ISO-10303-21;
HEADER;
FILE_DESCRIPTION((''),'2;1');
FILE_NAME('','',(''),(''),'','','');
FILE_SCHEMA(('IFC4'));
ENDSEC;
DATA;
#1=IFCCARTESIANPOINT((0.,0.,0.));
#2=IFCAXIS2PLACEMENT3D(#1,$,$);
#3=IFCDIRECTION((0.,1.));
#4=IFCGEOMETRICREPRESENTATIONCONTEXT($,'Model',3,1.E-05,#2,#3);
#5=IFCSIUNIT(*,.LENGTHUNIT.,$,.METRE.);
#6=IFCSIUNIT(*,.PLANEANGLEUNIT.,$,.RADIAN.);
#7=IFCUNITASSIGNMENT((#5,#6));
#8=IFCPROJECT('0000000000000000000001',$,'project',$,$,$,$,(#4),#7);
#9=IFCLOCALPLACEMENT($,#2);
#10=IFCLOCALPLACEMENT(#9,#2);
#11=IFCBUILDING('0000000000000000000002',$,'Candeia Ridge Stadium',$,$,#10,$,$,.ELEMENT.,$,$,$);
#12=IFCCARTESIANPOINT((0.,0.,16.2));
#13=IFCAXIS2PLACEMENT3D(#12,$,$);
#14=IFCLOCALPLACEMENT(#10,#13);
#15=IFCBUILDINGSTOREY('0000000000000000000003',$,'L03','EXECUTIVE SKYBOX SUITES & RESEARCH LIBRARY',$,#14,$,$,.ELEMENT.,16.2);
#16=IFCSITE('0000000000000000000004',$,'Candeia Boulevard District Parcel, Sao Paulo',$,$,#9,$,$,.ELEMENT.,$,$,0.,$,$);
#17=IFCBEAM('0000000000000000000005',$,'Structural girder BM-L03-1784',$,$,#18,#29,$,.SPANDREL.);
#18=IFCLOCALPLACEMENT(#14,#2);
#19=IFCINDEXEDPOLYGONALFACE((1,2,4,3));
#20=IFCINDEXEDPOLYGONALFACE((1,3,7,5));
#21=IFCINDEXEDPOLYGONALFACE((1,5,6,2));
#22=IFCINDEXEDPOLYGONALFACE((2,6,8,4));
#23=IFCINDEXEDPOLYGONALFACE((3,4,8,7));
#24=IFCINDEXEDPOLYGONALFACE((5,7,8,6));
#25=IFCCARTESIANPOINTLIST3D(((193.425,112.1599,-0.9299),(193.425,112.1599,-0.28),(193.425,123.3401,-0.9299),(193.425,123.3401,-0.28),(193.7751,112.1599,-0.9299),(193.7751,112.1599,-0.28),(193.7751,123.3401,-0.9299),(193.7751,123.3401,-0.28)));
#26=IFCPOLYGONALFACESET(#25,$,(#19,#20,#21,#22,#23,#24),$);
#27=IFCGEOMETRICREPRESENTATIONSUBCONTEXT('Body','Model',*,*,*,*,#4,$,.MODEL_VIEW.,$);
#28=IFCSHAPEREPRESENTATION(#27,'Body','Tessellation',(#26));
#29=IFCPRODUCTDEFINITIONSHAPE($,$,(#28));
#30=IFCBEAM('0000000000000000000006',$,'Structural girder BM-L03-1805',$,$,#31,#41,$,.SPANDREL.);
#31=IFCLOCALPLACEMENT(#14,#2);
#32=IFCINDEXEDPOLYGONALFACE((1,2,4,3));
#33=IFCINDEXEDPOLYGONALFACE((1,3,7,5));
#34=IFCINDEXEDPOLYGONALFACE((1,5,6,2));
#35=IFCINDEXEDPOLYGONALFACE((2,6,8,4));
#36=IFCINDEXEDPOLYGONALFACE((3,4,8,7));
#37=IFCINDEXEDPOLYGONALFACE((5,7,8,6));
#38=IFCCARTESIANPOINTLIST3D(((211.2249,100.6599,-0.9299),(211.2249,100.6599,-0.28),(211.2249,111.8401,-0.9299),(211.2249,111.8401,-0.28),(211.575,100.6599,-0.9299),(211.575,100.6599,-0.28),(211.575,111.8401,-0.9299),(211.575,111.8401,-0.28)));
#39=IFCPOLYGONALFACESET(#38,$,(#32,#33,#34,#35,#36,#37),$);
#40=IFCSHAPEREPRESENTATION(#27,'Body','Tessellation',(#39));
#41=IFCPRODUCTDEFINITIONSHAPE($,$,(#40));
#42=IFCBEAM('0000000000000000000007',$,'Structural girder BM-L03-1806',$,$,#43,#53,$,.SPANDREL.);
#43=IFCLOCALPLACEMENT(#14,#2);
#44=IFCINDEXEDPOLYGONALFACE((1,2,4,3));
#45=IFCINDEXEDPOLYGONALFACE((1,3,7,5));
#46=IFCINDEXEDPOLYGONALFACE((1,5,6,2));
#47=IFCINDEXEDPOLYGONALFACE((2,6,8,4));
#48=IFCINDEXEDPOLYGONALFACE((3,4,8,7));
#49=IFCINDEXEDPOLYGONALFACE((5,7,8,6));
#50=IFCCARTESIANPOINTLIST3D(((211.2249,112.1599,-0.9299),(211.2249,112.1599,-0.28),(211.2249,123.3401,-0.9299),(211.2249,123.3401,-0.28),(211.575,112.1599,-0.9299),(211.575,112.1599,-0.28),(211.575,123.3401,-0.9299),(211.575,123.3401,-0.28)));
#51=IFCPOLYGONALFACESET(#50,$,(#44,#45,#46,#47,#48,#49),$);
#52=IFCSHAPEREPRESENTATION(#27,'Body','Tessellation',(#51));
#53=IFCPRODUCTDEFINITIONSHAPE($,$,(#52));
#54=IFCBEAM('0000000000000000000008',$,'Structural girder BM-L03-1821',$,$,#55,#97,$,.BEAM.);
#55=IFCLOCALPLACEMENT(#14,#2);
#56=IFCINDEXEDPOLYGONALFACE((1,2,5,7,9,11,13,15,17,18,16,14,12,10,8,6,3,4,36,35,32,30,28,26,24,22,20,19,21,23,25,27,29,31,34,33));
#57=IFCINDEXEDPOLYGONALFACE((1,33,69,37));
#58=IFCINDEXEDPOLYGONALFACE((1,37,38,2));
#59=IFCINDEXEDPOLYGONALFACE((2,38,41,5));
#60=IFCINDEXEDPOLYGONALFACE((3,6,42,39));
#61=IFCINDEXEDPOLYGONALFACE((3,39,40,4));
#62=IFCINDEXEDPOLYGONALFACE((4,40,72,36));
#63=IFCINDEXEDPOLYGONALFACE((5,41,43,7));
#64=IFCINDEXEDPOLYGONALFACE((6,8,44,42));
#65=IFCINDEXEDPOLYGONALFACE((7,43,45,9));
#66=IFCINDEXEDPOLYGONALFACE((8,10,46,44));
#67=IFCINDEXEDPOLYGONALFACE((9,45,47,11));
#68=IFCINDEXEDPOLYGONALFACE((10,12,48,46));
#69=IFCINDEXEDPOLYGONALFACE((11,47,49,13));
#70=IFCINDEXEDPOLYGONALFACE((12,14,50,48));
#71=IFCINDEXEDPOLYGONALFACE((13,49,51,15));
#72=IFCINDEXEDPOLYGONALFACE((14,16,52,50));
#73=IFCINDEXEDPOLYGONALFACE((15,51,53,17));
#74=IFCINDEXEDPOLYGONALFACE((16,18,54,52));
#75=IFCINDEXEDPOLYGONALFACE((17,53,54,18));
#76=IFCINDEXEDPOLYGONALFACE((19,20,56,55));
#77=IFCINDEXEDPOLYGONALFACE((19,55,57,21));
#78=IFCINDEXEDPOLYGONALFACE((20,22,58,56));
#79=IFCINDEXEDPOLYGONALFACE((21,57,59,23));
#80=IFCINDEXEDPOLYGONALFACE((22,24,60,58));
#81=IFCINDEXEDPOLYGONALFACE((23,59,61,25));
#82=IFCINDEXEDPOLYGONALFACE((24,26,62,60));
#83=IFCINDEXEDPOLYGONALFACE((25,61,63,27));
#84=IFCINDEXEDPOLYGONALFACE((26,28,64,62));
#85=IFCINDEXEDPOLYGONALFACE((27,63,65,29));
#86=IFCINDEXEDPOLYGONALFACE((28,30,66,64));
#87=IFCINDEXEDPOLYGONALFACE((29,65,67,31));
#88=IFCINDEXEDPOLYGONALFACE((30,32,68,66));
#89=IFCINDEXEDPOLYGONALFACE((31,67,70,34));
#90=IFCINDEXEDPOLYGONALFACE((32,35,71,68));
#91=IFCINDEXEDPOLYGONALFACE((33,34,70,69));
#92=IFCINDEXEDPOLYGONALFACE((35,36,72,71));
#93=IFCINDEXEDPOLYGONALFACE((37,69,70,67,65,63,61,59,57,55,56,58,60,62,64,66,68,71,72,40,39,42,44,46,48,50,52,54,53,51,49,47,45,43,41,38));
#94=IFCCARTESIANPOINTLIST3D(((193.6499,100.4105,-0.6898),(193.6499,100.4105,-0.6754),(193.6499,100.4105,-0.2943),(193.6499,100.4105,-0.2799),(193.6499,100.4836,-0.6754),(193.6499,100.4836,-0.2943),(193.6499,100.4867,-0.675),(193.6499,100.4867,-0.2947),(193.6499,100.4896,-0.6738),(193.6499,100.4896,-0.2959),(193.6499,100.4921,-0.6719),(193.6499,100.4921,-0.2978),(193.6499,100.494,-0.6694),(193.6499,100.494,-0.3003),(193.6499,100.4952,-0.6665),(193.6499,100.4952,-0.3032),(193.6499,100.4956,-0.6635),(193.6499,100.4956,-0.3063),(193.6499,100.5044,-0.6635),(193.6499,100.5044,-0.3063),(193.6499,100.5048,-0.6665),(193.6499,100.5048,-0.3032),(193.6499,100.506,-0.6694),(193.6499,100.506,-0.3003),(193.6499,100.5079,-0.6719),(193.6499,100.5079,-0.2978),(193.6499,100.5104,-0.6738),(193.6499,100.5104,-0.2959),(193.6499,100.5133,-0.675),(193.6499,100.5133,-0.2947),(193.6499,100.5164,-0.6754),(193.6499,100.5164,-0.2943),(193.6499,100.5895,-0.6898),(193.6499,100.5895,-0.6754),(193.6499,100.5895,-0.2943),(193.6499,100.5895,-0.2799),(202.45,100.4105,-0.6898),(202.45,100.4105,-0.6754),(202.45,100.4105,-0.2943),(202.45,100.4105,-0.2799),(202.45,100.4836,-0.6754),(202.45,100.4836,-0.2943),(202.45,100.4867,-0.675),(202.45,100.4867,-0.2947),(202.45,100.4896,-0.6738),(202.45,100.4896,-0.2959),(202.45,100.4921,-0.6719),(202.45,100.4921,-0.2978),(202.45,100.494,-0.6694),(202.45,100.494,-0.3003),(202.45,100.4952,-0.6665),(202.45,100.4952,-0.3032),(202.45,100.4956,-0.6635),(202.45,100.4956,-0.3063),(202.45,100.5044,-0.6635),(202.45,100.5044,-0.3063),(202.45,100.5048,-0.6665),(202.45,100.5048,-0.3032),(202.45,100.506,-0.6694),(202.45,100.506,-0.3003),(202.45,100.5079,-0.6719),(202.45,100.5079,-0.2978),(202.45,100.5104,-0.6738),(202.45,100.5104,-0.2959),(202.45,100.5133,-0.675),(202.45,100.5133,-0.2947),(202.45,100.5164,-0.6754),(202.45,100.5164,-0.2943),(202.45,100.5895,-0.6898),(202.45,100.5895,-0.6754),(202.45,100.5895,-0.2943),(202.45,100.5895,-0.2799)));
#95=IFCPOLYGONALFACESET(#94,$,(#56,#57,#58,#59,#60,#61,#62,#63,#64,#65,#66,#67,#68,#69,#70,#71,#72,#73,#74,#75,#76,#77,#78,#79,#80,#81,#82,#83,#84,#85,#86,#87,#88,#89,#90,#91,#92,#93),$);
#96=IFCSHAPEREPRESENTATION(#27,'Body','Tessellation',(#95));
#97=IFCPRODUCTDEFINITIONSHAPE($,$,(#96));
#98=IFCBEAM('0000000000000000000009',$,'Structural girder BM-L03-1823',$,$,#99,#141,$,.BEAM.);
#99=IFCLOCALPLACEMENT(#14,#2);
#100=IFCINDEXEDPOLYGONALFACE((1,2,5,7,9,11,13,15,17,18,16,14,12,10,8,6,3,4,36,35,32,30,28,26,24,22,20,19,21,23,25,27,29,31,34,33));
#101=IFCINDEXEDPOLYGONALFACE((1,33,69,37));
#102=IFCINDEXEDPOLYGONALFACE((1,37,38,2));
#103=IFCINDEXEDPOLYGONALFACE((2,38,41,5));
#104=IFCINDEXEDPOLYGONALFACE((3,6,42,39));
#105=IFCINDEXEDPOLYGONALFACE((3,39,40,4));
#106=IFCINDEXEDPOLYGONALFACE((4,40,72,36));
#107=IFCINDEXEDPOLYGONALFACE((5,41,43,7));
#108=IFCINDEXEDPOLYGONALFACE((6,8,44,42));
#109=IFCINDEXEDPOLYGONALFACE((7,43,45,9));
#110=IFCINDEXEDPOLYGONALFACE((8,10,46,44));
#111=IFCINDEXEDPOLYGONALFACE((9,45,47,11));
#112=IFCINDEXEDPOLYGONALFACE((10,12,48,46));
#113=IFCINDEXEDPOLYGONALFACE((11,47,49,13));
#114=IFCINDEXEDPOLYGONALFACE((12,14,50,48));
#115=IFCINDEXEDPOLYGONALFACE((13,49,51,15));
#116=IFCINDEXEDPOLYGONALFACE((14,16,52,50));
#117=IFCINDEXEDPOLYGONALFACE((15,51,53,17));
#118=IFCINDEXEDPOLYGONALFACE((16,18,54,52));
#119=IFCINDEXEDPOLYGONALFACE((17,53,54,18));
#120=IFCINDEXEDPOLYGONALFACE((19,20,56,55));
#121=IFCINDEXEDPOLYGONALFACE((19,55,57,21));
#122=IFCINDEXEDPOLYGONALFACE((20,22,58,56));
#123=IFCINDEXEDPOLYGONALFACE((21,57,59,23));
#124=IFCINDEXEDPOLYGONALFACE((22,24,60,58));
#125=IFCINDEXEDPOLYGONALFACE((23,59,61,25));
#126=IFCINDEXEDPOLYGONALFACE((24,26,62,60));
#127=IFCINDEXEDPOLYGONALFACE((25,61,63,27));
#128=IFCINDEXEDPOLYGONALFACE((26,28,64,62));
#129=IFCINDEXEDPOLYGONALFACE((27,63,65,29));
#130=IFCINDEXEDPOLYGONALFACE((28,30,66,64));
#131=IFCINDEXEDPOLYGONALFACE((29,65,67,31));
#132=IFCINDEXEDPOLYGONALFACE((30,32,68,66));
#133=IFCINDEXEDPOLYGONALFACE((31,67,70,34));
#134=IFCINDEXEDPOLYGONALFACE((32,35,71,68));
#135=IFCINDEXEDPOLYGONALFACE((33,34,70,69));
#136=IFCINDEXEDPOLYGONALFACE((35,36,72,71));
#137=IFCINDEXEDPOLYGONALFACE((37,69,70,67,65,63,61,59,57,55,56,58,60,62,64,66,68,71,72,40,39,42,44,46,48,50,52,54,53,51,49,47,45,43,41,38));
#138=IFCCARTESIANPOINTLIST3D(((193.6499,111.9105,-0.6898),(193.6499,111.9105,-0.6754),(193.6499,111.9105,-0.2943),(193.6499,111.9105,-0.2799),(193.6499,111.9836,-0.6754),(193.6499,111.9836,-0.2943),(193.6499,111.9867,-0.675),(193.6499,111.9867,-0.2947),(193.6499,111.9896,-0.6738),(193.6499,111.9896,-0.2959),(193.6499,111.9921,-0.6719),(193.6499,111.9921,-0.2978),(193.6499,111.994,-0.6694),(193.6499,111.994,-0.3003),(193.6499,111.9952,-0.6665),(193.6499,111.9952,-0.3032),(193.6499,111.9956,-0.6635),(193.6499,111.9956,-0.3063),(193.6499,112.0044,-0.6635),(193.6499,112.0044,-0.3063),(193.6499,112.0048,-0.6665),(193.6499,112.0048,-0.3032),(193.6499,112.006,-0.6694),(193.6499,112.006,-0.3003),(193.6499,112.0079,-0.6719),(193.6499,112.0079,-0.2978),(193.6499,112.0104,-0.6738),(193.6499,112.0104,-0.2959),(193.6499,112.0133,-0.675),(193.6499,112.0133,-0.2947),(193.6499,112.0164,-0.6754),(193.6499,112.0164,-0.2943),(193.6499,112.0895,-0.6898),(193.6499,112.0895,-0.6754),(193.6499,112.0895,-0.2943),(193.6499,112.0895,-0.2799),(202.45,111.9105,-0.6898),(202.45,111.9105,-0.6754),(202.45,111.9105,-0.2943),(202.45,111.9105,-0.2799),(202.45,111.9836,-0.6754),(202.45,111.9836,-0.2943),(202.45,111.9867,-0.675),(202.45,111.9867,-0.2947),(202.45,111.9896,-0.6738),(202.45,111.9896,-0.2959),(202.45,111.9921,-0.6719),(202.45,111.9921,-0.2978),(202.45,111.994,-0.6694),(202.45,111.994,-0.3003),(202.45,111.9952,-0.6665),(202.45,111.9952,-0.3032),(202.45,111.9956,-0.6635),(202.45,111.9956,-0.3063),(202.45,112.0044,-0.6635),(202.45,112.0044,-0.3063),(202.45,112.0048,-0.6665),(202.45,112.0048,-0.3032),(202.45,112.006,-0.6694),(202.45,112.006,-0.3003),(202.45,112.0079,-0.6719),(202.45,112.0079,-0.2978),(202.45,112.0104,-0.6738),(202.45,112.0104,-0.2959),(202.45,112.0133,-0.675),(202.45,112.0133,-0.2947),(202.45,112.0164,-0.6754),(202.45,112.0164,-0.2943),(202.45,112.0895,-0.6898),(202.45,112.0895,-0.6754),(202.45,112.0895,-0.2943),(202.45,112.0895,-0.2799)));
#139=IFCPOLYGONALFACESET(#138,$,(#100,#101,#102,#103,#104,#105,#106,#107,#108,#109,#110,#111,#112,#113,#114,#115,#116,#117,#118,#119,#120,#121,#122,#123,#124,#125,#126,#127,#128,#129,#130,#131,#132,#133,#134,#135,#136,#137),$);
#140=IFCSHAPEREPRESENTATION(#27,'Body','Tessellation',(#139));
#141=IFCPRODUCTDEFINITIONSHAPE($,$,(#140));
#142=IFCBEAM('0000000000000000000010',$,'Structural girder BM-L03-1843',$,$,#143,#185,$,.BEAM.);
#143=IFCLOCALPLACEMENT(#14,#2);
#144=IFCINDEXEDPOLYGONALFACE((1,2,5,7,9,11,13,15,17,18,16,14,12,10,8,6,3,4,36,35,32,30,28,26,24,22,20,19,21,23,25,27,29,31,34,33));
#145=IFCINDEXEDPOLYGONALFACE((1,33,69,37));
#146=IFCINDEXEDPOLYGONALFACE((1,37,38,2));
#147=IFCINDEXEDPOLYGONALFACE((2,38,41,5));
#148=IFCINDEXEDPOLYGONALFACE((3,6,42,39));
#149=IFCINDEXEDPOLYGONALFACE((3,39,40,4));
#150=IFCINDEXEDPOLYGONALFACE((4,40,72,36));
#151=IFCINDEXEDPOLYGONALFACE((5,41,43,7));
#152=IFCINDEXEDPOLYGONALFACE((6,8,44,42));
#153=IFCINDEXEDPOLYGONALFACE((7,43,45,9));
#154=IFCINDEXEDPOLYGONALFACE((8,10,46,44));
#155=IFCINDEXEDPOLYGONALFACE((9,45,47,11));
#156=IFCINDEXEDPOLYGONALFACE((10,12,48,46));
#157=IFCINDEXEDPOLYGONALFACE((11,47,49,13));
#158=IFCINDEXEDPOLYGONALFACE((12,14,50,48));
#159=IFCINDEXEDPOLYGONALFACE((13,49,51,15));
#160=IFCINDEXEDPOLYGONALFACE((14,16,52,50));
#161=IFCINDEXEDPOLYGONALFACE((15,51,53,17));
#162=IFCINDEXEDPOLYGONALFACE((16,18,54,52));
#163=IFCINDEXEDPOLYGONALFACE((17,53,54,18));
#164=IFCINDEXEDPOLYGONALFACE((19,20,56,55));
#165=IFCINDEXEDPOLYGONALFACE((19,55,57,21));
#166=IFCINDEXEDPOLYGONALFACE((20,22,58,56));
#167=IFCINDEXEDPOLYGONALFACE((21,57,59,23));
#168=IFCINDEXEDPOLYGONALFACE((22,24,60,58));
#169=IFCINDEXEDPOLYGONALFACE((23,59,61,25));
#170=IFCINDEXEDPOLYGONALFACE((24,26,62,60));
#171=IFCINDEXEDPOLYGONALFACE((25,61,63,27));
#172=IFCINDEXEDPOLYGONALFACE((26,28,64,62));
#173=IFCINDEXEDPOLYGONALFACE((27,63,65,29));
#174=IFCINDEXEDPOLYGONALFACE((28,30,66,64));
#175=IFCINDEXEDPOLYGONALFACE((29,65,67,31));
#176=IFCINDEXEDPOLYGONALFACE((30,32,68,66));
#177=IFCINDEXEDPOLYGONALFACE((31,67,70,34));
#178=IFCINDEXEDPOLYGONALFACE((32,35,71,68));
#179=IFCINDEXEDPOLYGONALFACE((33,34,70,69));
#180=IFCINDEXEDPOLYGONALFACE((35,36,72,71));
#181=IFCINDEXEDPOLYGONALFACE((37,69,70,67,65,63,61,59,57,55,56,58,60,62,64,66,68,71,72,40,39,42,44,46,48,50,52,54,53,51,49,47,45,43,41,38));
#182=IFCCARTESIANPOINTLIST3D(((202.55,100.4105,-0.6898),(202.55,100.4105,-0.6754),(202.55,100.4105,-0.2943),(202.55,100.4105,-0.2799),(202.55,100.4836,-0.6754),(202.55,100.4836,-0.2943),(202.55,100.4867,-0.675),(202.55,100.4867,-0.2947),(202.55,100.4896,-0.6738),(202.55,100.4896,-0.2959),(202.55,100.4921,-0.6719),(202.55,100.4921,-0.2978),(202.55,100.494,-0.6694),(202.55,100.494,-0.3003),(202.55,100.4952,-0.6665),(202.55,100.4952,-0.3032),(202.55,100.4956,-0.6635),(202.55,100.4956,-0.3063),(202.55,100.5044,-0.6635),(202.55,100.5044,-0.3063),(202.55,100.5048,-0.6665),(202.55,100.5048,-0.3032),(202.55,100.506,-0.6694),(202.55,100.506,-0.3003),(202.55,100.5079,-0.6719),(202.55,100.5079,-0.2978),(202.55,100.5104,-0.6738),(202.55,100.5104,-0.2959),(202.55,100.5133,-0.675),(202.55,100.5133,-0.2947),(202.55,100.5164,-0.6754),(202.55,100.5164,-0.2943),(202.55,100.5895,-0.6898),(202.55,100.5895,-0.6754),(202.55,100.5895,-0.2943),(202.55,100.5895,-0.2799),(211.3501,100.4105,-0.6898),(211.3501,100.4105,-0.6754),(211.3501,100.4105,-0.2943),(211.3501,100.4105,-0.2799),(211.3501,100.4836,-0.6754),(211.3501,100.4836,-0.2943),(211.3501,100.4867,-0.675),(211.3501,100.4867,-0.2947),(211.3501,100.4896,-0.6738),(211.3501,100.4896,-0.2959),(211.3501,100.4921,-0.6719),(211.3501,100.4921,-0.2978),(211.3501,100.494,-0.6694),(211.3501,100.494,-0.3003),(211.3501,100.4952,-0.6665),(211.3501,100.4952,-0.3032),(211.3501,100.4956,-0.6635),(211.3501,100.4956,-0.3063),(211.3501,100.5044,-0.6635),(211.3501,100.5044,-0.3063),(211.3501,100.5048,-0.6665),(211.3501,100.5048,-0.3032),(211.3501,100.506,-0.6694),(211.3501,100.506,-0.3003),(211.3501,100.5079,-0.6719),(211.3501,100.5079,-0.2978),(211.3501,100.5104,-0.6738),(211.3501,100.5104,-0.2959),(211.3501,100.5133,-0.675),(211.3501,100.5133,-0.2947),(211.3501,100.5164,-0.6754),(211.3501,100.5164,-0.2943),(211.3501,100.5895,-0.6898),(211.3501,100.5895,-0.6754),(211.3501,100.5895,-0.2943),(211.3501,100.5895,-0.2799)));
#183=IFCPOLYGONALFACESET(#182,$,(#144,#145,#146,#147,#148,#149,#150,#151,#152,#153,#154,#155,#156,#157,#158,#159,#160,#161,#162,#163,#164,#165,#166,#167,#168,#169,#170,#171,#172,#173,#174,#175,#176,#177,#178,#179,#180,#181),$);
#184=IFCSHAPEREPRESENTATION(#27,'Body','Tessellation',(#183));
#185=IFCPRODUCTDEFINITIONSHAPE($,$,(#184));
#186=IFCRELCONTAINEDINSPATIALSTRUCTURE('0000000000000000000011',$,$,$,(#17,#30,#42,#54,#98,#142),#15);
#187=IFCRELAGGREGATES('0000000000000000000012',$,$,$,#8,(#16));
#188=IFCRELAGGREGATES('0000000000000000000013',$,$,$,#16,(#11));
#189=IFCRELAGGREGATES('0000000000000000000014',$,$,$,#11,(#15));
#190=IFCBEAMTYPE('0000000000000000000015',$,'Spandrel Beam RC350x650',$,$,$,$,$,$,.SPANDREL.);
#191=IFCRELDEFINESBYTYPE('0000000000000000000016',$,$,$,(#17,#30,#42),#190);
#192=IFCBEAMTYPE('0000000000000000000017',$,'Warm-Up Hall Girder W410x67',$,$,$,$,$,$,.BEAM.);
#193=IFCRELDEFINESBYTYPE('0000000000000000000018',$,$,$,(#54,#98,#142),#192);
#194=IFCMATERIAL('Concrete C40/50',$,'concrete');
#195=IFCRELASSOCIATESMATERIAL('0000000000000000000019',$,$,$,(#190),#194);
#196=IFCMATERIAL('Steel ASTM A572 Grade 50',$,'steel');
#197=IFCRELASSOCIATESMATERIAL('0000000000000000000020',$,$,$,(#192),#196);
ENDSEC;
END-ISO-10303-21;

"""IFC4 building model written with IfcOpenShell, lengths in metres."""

from ifc_helpers import new_model, si_unit, direction, frame, origin, origin_2d, place, context, subcontext, project, spatial, rectangle, i_section, extrude, material, material_profile, profile_set, type_object, element, save


model = new_model("IFC4")

# Units and contexts
model_context = context("Model", 3, precision=1e-05, world=origin(), true_north=direction((0.0, 1.0)))
body_context = subcontext(model_context, "Body", "Model", "MODEL_VIEW")
ifc_project = project(units=[si_unit("LENGTHUNIT", "METRE"), si_unit("PLANEANGLEUNIT", "RADIAN")], contexts=[model_context])

# Site, building, storey
site_placement = place(None, origin())
site = spatial("IfcSite", under=ifc_project, at=site_placement, Name="Candeia Boulevard District Parcel, Sao Paulo", CompositionType="ELEMENT", RefElevation=0.0)
building_placement = place(site_placement, origin())
building = spatial("IfcBuilding", under=site, at=building_placement, Name="Candeia Ridge Stadium", CompositionType="ELEMENT")
storey_placement = place(building_placement, frame((0.0, 0.0, 16.2)))
storey = spatial("IfcBuildingStorey", under=building, at=storey_placement, Name="L03", Description="EXECUTIVE SKYBOX SUITES & RESEARCH LIBRARY", CompositionType="ELEMENT", Elevation=16.2)

# Shared definitions
ifc_material_1 = material(Name="Concrete C40/50", Category="concrete")

# Beams
ifc_material_profile_1 = material_profile(ifc_material_1, rectangle(XDim=0.3501, YDim=0.6499, at=origin_2d()), Name="RC350x650", Category="concrete")
ifc_profile_set_1 = profile_set([ifc_material_profile_1], Name="Concrete C40/50")
beam_type_1 = type_object("IfcBeamType", Name="Spandrel Beam RC350x650", PredefinedType="SPANDREL", material=ifc_profile_set_1)
for number, where, z_axis, x_axis, name in (
    (1, (193.6001, 112.1599, -0.605), (0.0, 1.0, 0.0), (-1.0, 0.0, 0.0), "Structural girder BM-L03-1784"),
    (2, (211.3999, 100.6599, -0.605), (0.0, 1.0, 0.0), (-1.0, 0.0, 0.0), "Structural girder BM-L03-1805"),
    (3, (211.3999, 112.1599, -0.605), (0.0, 1.0, 0.0), (-1.0, 0.0, 0.0), "Structural girder BM-L03-1806"),
):
    element("IfcBeam", number, at=place(storey_placement, frame(where, z_axis=z_axis, x_axis=x_axis)), inside=storey, type_object=beam_type_1, Name=name, PredefinedType="SPANDREL", context=body_context, shape_type="SweptSolid", body=[
        extrude(rectangle(XDim=0.3501, YDim=0.6499, at=origin_2d()), origin(), (0.0, 0.0, 1.0), 11.1802),
    ])
ifc_material_2 = material(Name="Steel ASTM A572 Grade 50", Category="steel")
ifc_material_profile_2 = material_profile(ifc_material_2, i_section(OverallWidth=0.179, OverallDepth=0.4099, WebThickness=0.0088, FlangeThickness=0.0144, FilletRadius=0.012, at=origin_2d()), Name="W410x67", Category="steel")
ifc_profile_set_2 = profile_set([ifc_material_profile_2], Name="Steel ASTM A572 Grade 50")
beam_type_2 = type_object("IfcBeamType", Name="Warm-Up Hall Girder W410x67", PredefinedType="BEAM", material=ifc_profile_set_2)
for number, where, z_axis, x_axis, name in (
    (4, (193.6499, 100.5, -0.4849), (1.0, 0.0, 0.0), (0.0, 1.0, 0.0), "Structural girder BM-L03-1821"),
    (5, (193.6499, 112.0, -0.4849), (1.0, 0.0, 0.0), (0.0, 1.0, 0.0), "Structural girder BM-L03-1823"),
    (6, (202.55, 100.5, -0.4849), (1.0, 0.0, 0.0), (0.0, 1.0, 0.0), "Structural girder BM-L03-1843"),
):
    element("IfcBeam", number, at=place(storey_placement, frame(where, z_axis=z_axis, x_axis=x_axis)), inside=storey, type_object=beam_type_2, Name=name, PredefinedType="BEAM", context=body_context, shape_type="SweptSolid", body=[
        extrude(i_section(OverallWidth=0.179, OverallDepth=0.4099, WebThickness=0.0088, FlangeThickness=0.0144, FilletRadius=0.012, at=origin_2d()), origin(), (0.0, 0.0, 1.0), 8.8),
    ])

save(model, "model.ifc")
